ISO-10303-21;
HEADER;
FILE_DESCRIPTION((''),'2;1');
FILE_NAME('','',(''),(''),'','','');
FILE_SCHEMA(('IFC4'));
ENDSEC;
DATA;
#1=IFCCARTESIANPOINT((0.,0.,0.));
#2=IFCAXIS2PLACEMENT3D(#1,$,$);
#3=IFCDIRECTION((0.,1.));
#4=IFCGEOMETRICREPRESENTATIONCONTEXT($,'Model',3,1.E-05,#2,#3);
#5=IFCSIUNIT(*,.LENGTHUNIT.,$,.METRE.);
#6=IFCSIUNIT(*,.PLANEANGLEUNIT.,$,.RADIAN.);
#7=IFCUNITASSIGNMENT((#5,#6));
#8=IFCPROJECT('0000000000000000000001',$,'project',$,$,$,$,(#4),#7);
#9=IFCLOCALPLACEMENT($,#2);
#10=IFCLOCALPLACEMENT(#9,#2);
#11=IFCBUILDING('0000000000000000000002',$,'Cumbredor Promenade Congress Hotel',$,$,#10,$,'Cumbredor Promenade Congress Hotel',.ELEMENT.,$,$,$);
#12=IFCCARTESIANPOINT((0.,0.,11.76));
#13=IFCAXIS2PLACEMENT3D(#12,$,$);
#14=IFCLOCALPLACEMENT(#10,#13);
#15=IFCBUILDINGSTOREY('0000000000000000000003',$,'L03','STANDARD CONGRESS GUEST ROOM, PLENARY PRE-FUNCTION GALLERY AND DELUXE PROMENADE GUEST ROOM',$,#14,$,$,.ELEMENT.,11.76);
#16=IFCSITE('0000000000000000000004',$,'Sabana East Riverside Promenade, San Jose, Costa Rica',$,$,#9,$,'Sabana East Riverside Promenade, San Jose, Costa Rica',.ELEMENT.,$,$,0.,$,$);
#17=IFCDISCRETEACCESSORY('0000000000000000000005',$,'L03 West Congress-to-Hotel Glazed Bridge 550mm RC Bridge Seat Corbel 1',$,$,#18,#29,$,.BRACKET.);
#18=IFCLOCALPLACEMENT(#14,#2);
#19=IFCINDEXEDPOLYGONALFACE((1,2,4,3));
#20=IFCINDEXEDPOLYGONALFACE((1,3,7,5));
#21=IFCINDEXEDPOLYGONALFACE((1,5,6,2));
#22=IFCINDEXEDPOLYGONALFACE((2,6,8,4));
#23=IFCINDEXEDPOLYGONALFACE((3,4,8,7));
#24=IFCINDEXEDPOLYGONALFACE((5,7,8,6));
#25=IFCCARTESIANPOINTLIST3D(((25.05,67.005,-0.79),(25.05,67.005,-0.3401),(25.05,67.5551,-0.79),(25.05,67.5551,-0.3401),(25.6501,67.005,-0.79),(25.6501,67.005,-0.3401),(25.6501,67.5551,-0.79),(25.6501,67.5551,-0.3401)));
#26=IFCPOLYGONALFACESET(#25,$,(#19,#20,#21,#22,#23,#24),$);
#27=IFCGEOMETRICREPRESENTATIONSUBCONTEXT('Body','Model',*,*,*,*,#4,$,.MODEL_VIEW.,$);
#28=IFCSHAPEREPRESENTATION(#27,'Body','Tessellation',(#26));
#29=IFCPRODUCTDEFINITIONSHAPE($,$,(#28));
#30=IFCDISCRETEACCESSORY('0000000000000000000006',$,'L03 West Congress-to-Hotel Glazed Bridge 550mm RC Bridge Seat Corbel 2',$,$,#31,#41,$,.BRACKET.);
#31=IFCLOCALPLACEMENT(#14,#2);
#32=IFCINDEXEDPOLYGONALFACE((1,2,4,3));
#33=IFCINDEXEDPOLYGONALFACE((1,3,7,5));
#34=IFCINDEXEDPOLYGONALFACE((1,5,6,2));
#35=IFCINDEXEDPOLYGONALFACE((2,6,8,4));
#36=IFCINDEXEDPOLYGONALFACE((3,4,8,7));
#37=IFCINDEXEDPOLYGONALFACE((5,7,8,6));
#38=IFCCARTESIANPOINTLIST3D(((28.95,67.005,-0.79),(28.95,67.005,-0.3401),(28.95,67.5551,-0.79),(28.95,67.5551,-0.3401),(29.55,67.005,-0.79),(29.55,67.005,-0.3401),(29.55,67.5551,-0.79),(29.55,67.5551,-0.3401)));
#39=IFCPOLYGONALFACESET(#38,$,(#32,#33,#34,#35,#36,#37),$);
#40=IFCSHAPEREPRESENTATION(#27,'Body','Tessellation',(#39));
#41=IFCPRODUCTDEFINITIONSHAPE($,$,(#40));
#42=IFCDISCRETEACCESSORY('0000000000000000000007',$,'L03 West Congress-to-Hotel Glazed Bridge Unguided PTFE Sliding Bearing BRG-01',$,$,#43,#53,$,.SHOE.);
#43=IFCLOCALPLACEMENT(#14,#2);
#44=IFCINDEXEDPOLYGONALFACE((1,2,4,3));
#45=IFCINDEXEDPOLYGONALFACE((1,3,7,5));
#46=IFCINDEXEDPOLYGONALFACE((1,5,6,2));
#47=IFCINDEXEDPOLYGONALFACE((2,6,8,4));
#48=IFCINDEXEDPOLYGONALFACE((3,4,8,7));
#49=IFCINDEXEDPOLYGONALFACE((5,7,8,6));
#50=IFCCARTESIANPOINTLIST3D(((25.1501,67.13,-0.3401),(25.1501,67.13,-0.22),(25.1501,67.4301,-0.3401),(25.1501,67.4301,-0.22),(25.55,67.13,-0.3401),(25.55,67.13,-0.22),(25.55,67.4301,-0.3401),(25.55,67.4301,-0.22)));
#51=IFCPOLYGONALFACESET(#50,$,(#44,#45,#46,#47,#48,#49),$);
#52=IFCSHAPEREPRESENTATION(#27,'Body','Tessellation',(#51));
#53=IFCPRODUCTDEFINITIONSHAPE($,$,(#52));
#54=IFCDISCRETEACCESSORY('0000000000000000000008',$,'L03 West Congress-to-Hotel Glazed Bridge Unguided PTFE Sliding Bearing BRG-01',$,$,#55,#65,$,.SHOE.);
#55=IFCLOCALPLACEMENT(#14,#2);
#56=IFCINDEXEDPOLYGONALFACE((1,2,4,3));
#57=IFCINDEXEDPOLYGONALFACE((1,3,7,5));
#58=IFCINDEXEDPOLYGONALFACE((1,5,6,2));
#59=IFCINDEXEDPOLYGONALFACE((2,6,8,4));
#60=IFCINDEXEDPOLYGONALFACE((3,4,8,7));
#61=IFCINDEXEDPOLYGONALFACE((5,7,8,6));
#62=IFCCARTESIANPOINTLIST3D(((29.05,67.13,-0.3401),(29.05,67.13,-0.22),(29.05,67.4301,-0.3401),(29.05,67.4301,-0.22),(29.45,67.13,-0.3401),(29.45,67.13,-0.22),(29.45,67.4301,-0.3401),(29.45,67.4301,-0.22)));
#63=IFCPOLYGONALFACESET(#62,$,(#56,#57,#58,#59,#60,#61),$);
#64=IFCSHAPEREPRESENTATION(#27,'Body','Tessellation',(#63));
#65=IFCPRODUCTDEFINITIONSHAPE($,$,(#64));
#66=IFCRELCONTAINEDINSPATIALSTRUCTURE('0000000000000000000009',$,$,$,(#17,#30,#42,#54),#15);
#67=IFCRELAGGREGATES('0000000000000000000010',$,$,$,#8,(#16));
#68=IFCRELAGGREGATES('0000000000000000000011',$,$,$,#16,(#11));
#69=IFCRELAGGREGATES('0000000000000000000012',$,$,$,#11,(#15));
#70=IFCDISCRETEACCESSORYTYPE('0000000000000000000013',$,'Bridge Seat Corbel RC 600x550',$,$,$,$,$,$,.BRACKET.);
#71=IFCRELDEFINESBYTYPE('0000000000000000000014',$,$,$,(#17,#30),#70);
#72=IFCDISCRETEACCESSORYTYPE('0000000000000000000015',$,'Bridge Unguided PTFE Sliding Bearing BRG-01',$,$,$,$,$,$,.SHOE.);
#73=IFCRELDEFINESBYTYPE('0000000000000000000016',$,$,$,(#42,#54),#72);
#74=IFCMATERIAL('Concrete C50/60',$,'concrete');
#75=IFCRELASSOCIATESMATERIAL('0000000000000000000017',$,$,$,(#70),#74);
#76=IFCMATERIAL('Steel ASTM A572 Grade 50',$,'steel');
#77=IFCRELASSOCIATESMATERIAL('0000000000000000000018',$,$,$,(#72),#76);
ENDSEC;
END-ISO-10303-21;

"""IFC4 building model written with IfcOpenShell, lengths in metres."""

from ifc_helpers import new_model, si_unit, direction, frame, origin, origin_2d, place, context, subcontext, project, spatial, rectangle, extrude, material, type_object, element, save


model = new_model("IFC4")

# Units and contexts
model_context = context("Model", 3, precision=1e-05, world=origin(), true_north=direction((0.0, 1.0)))
body_context = subcontext(model_context, "Body", "Model", "MODEL_VIEW")
ifc_project = project(units=[si_unit("LENGTHUNIT", "METRE"), si_unit("PLANEANGLEUNIT", "RADIAN")], contexts=[model_context])

# Site, building, storey
site_placement = place(None, origin())
site = spatial("IfcSite", under=ifc_project, at=site_placement, Name="Sabana East Riverside Promenade, San Jose, Costa Rica", LongName="Sabana East Riverside Promenade, San Jose, Costa Rica", CompositionType="ELEMENT", RefElevation=0.0)
building_placement = place(site_placement, origin())
building = spatial("IfcBuilding", under=site, at=building_placement, Name="Cumbredor Promenade Congress Hotel", LongName="Cumbredor Promenade Congress Hotel", CompositionType="ELEMENT")
storey_placement = place(building_placement, frame((0.0, 0.0, 11.76)))
storey = spatial("IfcBuildingStorey", under=building, at=storey_placement, Name="L03", Description="STANDARD CONGRESS GUEST ROOM, PLENARY PRE-FUNCTION GALLERY AND DELUXE PROMENADE GUEST ROOM", CompositionType="ELEMENT", Elevation=11.76)

# Shared definitions
ifc_material_1 = material(Name="Steel ASTM A572 Grade 50", Category="steel")

# Discrete accessories
ifc_material_2 = material(Name="Concrete C50/60", Category="concrete")
discrete_accessory_type_1 = type_object("IfcDiscreteAccessoryType", Name="Bridge Seat Corbel RC 600x550", PredefinedType="BRACKET", material=ifc_material_2)
for number, where, z_axis, x_axis, name in (
    (1, (25.3501, 67.28, -0.79), (0.0, 0.0, 1.0), (0.0, 1.0, 0.0), "L03 West Congress-to-Hotel Glazed Bridge 550mm RC Bridge Seat Corbel 1"),
    (2, (29.25, 67.28, -0.79), (0.0, 0.0, 1.0), (0.0, 1.0, 0.0), "L03 West Congress-to-Hotel Glazed Bridge 550mm RC Bridge Seat Corbel 2"),
):
    element("IfcDiscreteAccessory", number, at=place(storey_placement, frame(where, z_axis=z_axis, x_axis=x_axis)), inside=storey, type_object=discrete_accessory_type_1, Name=name, PredefinedType="BRACKET", context=body_context, shape_type="SweptSolid", body=[
        extrude(rectangle(XDim=0.55, YDim=0.6001, at=origin_2d()), origin(), (0.0, 0.0, 1.0), 0.45),
    ])
discrete_accessory_type_2 = type_object("IfcDiscreteAccessoryType", Name="Bridge Unguided PTFE Sliding Bearing BRG-01", PredefinedType="SHOE", material=ifc_material_1)
for number, where, z_axis, x_axis, name in (
    (3, (25.3501, 67.28, -0.3401), (0.0, 0.0, 1.0), (0.0, 1.0, 0.0), "L03 West Congress-to-Hotel Glazed Bridge Unguided PTFE Sliding Bearing BRG-01"),
    (4, (29.25, 67.28, -0.3401), (0.0, 0.0, 1.0), (0.0, 1.0, 0.0), "L03 West Congress-to-Hotel Glazed Bridge Unguided PTFE Sliding Bearing BRG-01"),
):
    element("IfcDiscreteAccessory", number, at=place(storey_placement, frame(where, z_axis=z_axis, x_axis=x_axis)), inside=storey, type_object=discrete_accessory_type_2, Name=name, PredefinedType="SHOE", context=body_context, shape_type="SweptSolid", body=[
        extrude(rectangle(XDim=0.3, YDim=0.3999, at=origin_2d()), origin(), (0.0, 0.0, 1.0), 0.1201),
    ])

save(model, "model.ifc")
